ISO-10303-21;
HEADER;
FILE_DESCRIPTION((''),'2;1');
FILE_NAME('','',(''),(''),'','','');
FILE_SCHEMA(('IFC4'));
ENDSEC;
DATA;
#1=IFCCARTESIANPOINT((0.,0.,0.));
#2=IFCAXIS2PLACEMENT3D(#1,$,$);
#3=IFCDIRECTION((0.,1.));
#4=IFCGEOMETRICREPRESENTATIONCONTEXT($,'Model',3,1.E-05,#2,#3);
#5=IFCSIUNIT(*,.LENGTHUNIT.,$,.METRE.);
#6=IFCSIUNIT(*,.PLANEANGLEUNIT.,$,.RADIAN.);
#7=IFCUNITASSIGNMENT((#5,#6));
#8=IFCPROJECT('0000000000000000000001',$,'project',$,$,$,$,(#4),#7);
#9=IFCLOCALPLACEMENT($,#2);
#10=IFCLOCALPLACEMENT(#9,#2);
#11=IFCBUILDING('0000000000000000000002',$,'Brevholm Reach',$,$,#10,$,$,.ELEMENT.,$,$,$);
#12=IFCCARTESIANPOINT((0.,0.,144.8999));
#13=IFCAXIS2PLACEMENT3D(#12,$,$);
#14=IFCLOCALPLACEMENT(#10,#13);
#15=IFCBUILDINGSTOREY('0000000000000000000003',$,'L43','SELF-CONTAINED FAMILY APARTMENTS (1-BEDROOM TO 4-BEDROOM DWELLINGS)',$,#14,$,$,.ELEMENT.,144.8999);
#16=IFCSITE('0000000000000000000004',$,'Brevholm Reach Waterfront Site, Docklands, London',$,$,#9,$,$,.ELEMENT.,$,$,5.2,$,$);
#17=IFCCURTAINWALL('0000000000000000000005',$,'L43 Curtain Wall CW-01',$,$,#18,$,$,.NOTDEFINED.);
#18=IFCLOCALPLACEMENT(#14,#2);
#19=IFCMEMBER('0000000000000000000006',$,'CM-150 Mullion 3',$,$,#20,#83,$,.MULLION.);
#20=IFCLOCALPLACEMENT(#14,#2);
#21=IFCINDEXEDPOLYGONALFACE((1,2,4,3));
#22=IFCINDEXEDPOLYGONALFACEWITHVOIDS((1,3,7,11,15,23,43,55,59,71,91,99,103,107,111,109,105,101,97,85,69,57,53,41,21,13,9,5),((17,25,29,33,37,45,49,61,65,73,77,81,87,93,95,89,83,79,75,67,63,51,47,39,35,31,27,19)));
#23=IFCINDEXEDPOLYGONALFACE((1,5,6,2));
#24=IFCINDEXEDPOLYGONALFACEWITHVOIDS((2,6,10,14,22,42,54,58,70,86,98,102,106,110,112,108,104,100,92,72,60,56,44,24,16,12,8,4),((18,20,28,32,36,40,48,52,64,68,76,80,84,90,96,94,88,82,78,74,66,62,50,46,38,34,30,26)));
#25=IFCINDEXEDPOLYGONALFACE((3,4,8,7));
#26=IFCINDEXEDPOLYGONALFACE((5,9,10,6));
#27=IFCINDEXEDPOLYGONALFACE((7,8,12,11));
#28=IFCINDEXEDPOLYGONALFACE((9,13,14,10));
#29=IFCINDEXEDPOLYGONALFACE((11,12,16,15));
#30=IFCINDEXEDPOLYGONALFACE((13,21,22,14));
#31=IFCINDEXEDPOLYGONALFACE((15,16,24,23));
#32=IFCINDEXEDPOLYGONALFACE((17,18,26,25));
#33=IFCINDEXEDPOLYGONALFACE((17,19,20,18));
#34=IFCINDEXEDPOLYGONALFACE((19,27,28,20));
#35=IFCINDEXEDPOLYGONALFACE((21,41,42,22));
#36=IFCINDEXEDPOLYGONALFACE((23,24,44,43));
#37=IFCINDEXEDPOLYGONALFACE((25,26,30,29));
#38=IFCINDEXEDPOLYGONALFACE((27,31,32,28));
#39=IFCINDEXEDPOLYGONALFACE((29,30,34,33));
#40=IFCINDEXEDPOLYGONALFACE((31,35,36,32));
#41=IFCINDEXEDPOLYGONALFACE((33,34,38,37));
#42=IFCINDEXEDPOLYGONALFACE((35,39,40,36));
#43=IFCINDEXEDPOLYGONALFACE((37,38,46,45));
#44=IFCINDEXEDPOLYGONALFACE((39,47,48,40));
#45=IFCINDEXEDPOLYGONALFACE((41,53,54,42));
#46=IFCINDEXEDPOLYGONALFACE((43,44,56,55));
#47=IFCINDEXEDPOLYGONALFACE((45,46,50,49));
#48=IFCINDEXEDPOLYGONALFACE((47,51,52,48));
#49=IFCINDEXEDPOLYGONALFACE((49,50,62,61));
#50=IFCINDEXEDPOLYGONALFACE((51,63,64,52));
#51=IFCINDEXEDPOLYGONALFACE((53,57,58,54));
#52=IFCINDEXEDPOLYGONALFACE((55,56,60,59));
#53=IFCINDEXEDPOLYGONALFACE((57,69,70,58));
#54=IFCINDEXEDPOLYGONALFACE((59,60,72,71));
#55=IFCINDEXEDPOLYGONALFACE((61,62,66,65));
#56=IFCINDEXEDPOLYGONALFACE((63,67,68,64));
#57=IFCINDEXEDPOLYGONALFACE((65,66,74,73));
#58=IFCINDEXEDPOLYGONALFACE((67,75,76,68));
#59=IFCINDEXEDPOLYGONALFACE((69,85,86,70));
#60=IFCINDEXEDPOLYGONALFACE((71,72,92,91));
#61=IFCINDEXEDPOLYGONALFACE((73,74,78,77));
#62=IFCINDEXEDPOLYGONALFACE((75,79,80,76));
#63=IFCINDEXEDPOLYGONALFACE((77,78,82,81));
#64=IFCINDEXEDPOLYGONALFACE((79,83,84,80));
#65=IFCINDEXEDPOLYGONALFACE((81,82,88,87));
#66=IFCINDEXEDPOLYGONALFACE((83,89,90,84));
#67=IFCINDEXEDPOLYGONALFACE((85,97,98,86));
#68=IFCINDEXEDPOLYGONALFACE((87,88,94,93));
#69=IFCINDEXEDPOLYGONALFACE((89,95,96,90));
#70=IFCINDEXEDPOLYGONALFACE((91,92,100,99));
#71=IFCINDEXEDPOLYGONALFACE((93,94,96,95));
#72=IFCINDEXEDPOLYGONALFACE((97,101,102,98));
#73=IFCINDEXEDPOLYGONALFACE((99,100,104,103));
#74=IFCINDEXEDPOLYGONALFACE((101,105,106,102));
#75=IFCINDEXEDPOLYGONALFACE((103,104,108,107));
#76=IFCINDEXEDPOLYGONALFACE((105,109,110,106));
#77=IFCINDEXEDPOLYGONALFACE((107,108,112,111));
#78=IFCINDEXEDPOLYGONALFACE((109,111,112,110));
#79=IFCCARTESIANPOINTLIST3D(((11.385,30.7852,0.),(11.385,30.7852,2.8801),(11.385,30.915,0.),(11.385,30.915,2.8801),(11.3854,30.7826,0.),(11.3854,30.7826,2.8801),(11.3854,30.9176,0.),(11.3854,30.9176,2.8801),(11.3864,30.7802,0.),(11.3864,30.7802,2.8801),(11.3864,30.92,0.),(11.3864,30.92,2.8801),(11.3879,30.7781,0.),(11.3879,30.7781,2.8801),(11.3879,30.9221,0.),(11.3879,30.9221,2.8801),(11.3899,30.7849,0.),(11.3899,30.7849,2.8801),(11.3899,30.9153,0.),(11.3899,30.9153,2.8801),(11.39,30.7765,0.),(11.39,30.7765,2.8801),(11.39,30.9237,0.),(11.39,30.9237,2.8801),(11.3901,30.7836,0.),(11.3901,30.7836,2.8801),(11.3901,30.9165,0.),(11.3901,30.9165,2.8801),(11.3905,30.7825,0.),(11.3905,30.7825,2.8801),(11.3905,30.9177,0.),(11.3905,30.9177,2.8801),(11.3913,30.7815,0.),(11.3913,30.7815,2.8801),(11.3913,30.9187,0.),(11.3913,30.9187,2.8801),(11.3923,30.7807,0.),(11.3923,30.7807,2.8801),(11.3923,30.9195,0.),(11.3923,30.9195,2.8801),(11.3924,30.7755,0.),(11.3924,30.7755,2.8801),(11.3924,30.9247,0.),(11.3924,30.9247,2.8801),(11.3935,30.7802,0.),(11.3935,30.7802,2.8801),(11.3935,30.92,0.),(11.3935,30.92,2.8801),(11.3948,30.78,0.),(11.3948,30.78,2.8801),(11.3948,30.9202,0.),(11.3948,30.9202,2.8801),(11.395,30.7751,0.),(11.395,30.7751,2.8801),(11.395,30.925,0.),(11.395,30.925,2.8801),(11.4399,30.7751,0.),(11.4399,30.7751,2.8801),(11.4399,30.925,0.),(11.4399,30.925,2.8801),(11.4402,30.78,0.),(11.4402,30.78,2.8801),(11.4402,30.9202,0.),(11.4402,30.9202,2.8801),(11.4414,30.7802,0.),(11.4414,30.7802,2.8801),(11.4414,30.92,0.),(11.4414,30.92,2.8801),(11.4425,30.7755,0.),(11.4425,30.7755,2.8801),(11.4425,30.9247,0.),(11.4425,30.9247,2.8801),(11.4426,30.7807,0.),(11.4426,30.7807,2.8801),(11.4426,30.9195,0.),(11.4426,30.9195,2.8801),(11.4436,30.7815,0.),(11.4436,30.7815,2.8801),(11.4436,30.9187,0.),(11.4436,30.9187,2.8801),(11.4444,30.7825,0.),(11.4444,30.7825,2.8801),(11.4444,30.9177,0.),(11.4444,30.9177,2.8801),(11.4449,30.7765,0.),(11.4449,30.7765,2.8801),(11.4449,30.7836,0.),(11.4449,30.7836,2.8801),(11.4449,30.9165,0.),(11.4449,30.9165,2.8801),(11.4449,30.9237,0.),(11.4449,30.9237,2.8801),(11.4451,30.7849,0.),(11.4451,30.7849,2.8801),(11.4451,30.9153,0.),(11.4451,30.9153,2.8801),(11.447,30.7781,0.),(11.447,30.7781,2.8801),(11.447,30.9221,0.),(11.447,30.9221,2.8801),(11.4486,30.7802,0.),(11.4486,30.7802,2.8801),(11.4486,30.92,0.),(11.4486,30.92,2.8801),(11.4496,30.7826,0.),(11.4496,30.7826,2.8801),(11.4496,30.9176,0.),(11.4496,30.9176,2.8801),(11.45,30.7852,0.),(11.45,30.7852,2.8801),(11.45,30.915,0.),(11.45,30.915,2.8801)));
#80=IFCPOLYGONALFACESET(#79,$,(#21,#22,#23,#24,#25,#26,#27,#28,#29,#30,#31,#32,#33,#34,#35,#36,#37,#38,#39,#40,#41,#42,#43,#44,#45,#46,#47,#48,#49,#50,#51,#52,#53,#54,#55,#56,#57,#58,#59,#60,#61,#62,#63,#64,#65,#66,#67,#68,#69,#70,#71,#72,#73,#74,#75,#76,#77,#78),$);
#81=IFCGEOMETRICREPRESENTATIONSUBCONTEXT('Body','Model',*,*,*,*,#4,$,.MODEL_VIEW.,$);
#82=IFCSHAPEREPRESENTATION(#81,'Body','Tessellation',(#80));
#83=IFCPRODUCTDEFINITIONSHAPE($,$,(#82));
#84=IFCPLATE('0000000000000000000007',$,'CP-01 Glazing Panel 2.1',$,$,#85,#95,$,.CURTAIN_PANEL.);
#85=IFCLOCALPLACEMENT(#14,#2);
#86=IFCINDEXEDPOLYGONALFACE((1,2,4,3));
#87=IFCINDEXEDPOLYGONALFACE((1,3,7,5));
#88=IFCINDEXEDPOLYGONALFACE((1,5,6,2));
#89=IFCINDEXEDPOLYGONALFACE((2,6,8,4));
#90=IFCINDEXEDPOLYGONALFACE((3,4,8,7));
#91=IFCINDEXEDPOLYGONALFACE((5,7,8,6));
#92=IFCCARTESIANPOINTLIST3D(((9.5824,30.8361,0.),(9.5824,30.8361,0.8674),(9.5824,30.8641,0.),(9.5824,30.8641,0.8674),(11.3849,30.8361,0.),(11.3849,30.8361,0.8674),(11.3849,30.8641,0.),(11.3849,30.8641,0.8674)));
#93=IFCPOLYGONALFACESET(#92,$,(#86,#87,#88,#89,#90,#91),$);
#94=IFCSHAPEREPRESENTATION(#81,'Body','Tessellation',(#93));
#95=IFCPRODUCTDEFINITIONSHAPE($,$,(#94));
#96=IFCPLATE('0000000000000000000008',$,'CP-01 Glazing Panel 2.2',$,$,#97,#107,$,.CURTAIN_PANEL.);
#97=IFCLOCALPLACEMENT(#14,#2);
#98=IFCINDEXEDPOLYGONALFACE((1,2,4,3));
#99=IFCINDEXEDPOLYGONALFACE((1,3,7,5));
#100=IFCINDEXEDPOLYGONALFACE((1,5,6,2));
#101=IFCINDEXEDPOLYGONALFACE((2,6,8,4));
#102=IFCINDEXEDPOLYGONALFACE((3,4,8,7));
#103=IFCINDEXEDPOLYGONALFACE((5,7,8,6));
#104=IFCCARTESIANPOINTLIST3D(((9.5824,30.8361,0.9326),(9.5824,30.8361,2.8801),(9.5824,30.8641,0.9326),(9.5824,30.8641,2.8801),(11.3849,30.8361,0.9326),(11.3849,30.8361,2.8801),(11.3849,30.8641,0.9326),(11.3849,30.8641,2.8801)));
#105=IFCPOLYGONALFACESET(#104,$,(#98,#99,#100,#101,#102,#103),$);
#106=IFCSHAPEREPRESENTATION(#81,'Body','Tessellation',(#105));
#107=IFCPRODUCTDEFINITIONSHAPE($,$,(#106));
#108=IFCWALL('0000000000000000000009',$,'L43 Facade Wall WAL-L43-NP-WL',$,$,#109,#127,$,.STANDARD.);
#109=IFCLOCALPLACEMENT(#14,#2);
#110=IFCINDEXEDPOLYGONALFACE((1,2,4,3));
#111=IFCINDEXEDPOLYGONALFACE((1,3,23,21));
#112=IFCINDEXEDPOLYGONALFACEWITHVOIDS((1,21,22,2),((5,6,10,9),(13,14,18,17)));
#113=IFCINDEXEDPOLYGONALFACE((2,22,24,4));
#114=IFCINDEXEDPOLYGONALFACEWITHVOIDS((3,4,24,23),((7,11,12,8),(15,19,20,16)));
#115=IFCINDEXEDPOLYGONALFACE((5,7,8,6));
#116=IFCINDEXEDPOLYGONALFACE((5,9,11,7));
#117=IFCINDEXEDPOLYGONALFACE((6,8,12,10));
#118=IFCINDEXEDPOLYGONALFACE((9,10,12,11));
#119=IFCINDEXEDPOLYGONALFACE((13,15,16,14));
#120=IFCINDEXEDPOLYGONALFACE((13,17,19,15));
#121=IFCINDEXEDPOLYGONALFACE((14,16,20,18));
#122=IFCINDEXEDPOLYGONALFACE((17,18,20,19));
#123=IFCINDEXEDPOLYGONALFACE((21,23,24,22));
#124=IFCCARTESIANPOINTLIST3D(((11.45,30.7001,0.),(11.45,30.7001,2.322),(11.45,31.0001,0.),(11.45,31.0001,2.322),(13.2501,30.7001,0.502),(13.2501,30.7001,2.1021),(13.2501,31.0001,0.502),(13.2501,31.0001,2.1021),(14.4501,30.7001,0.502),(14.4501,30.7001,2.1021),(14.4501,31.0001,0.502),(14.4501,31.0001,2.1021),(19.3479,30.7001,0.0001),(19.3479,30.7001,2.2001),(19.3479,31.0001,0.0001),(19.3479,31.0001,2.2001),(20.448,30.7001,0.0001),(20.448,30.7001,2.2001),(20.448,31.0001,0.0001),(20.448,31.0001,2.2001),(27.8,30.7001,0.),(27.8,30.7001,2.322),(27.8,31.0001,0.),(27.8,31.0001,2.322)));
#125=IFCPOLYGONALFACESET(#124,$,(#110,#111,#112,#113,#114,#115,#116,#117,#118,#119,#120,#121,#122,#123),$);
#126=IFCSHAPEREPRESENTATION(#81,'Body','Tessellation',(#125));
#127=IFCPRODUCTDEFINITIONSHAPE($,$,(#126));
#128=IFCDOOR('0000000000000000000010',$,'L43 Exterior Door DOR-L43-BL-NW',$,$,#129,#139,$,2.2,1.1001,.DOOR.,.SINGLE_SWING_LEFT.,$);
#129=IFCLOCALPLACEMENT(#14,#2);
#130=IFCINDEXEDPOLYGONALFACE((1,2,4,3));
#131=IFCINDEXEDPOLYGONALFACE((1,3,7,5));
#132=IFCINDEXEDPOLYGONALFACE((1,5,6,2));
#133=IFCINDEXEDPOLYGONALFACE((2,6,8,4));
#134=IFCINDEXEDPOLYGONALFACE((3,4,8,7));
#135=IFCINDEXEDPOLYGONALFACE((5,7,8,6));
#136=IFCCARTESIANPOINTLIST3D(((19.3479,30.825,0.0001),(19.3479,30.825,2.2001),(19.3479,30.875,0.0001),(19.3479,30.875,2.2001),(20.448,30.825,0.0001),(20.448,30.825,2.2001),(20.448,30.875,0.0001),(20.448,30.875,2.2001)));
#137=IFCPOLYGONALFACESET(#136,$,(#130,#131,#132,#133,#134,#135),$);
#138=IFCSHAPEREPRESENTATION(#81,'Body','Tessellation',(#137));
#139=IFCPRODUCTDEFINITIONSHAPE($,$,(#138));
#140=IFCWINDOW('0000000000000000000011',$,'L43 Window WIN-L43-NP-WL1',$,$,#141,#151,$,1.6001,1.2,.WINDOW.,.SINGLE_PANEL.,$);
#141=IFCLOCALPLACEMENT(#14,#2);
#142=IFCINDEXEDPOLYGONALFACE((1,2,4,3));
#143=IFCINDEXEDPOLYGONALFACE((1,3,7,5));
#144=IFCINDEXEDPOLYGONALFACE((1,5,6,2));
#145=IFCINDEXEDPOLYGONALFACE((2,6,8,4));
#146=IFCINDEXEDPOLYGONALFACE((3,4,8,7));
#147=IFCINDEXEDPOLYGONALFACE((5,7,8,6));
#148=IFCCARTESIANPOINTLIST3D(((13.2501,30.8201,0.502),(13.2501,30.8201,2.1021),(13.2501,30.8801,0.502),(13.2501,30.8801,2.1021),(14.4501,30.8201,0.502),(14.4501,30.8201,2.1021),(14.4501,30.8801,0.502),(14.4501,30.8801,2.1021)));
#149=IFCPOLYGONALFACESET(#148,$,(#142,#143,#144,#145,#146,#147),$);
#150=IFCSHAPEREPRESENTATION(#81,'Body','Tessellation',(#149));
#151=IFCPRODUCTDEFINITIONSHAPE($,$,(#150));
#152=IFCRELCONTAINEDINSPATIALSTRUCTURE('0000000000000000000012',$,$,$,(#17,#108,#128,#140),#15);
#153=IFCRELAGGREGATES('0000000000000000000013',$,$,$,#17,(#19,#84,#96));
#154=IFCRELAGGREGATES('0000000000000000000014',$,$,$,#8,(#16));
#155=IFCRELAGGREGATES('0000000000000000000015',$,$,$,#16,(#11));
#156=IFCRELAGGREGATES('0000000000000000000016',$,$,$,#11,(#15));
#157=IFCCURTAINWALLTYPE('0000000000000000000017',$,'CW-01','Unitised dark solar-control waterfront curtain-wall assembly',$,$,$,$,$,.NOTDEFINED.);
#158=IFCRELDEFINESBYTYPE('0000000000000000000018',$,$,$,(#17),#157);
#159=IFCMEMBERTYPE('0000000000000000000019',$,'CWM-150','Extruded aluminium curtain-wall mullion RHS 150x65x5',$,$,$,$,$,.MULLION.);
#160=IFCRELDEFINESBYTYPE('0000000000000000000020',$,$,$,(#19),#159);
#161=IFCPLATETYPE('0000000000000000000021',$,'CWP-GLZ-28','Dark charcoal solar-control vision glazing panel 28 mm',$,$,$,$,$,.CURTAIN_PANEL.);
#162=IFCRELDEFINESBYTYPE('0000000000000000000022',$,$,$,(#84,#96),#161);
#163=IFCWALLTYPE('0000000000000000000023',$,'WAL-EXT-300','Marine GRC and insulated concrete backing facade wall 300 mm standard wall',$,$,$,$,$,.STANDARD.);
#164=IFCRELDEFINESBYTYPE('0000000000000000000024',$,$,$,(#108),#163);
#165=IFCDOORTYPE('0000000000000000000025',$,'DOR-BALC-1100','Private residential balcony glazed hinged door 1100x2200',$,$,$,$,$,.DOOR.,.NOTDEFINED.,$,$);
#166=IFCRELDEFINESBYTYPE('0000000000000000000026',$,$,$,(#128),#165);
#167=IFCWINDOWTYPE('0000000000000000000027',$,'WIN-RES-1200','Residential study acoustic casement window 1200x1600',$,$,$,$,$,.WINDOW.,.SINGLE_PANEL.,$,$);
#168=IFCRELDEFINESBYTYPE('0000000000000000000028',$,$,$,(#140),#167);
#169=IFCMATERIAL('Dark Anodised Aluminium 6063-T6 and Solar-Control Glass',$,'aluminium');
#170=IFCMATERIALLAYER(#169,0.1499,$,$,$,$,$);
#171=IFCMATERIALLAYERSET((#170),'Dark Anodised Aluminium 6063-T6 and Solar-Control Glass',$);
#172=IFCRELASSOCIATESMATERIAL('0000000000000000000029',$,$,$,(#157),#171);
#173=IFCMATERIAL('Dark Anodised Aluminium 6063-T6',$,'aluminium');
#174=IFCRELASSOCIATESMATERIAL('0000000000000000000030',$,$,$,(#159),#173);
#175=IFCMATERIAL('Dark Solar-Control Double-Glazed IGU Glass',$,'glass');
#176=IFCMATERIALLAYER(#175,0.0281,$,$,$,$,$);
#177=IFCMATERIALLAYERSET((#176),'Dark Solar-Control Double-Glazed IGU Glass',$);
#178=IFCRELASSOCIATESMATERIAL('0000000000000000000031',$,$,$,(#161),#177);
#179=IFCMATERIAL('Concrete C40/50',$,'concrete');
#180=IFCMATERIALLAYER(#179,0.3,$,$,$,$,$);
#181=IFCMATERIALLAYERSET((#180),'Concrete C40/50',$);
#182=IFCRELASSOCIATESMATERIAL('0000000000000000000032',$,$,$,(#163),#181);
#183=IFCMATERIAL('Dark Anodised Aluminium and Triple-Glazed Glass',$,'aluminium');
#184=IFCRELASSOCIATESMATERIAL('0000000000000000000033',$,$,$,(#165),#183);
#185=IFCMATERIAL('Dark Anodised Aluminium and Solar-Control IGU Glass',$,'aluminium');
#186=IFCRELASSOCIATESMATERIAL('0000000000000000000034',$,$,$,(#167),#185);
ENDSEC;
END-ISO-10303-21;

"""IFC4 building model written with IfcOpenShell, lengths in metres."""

from ifc_helpers import new_model, si_unit, direction, frame, frame_2d, origin, origin_2d, place, context, subcontext, project, spatial, rectangle, hollow_rectangle, extrude, material, layer, layer_set, material_profile, profile_set, type_object, element, fill, aggregate, save


model = new_model("IFC4")

# Units and contexts
model_context = context("Model", 3, precision=1e-05, world=origin(), true_north=direction((0.0, 1.0)))
body_context = subcontext(model_context, "Body", "Model", "MODEL_VIEW")
ifc_project = project(units=[si_unit("LENGTHUNIT", "METRE"), si_unit("PLANEANGLEUNIT", "RADIAN")], contexts=[model_context])

# Site, building, storey
site_placement = place(None, origin())
site = spatial("IfcSite", under=ifc_project, at=site_placement, Name="Brevholm Reach Waterfront Site, Docklands, London", CompositionType="ELEMENT", RefElevation=5.2)
building_placement = place(site_placement, origin())
building = spatial("IfcBuilding", under=site, at=building_placement, Name="Brevholm Reach", CompositionType="ELEMENT")
storey_placement = place(building_placement, frame((0.0, 0.0, 144.8999)))
storey = spatial("IfcBuildingStorey", under=building, at=storey_placement, Name="L43", Description="SELF-CONTAINED FAMILY APARTMENTS (1-BEDROOM TO 4-BEDROOM DWELLINGS)", CompositionType="ELEMENT", Elevation=144.8999)

# Curtain wall, member, plates
ifc_material_1 = material(Name="Dark Anodised Aluminium 6063-T6 and Solar-Control Glass", Category="aluminium")
ifc_layer_1 = layer(ifc_material_1, 0.1499)
ifc_layer_set_1 = layer_set([ifc_layer_1], Name="Dark Anodised Aluminium 6063-T6 and Solar-Control Glass")
curtain_wall_type = type_object("IfcCurtainWallType", Name="CW-01", Description="Unitised dark solar-control waterfront curtain-wall assembly", PredefinedType="NOTDEFINED", material=ifc_layer_set_1)
curtain_wall_placement = place(storey_placement, origin())
curtain_wall = element("IfcCurtainWall", 1, at=curtain_wall_placement, inside=storey, type_object=curtain_wall_type, Name="L43 Curtain Wall CW-01", PredefinedType="NOTDEFINED")
ifc_material_2 = material(Name="Dark Anodised Aluminium 6063-T6", Category="aluminium")
ifc_material_profile_1 = material_profile(ifc_material_2, hollow_rectangle(XDim=0.0649, YDim=0.1499, WallThickness=0.0049, InnerFilletRadius=0.0049, OuterFilletRadius=0.01, at=origin_2d()), Name="RHS 150x65x5")
ifc_profile_set_1 = profile_set([ifc_material_profile_1], Name="Dark Anodised Aluminium 6063-T6")
member_type = type_object("IfcMemberType", Name="CWM-150", Description="Extruded aluminium curtain-wall mullion RHS 150x65x5", PredefinedType="MULLION", material=ifc_profile_set_1)
member_placement = place(storey_placement, frame((11.4175, 30.8501, 0.0), z_axis=(0.0, 0.0, 1.0), x_axis=(1.0, 0.0, 0.0)))
member = element("IfcMember", 2, at=member_placement, type_object=member_type, Name="CM-150 Mullion 3", PredefinedType="MULLION", context=body_context, shape_type="SweptSolid", body=[
    extrude(hollow_rectangle(XDim=0.0649, YDim=0.1499, WallThickness=0.0049, InnerFilletRadius=0.0049, OuterFilletRadius=0.01, at=origin_2d()), origin(), (0.0, 0.0, 1.0), 2.8801),
])
ifc_material_3 = material(Name="Dark Solar-Control Double-Glazed IGU Glass", Category="glass")
ifc_layer_2 = layer(ifc_material_3, 0.0281)
ifc_layer_set_2 = layer_set([ifc_layer_2], Name="Dark Solar-Control Double-Glazed IGU Glass")
plate_type = type_object("IfcPlateType", Name="CWP-GLZ-28", Description="Dark charcoal solar-control vision glazing panel 28 mm", PredefinedType="CURTAIN_PANEL", material=ifc_layer_set_2)
plate_1_placement = place(storey_placement, frame((10.4836, 30.8501, 0.0), z_axis=(0.0, 0.0, 1.0), x_axis=(1.0, 0.0, 0.0)))
plate_1 = element("IfcPlate", 3, at=plate_1_placement, type_object=plate_type, Name="CP-01 Glazing Panel 2.1", PredefinedType="CURTAIN_PANEL", context=body_context, shape_type="SweptSolid", body=[
    extrude(rectangle(XDim=1.8025, YDim=0.0281, at=origin_2d()), origin(), (0.0, 0.0, 1.0), 0.8674),
])
plate_2_placement = place(storey_placement, frame((10.4836, 30.8501, 0.9326), z_axis=(0.0, 0.0, 1.0), x_axis=(1.0, 0.0, 0.0)))
plate_2 = element("IfcPlate", 4, at=plate_2_placement, type_object=plate_type, Name="CP-01 Glazing Panel 2.2", PredefinedType="CURTAIN_PANEL", context=body_context, shape_type="SweptSolid", body=[
    extrude(rectangle(XDim=1.8025, YDim=0.0281, at=origin_2d()), origin(), (0.0, 0.0, 1.0), 1.9475),
])
aggregate(curtain_wall, [member, plate_1, plate_2])

# Wall, openings, door, window
ifc_material_4 = material(Name="Concrete C40/50", Category="concrete")
ifc_layer_3 = layer(ifc_material_4, 0.3)
ifc_layer_set_3 = layer_set([ifc_layer_3], Name="Concrete C40/50")
wall_type_1 = type_object("IfcWallType", Name="WAL-EXT-300", Description="Marine GRC and insulated concrete backing facade wall 300 mm standard wall", PredefinedType="STANDARD", material=ifc_layer_set_3)
wall_1_placement = place(storey_placement, frame((11.45, 30.8501, 0.0), z_axis=(0.0, 0.0, 1.0), x_axis=(1.0, 0.0, 0.0)))
wall_1 = element("IfcWall", 5, at=wall_1_placement, inside=storey, type_object=wall_type_1, Name="L43 Facade Wall WAL-L43-NP-WL", PredefinedType="STANDARD", context=body_context, shape_type="SweptSolid", body=[
    extrude(rectangle(XDim=16.3501, YDim=0.3, at=frame_2d((8.175, 0.0))), origin(), (0.0, 0.0, 1.0), 2.322),
])
opening_1_placement = place(wall_1_placement, frame((7.8979, 0.0, 0.0)))
opening_1 = element("IfcOpeningElement", 6, at=opening_1_placement, cuts=wall_1, PredefinedType="OPENING", context=body_context, shape_type="SweptSolid", body=[
    extrude(rectangle(XDim=1.1001, YDim=2.2, at=frame_2d((0.55, 1.1001))), frame((0.0, 0.1599, 0.0), z_axis=(0.0, -1.0, 0.0), x_axis=(1.0, 0.0, 0.0)), (0.0, 0.0, 1.0), 0.3201),
])
opening_2_placement = place(wall_1_placement, frame((1.8, 0.0, 0.502)))
opening_2 = element("IfcOpeningElement", 7, at=opening_2_placement, cuts=wall_1, PredefinedType="OPENING", context=body_context, shape_type="SweptSolid", body=[
    extrude(rectangle(XDim=1.2, YDim=1.6001, at=frame_2d((0.6001, 0.8))), frame((0.0, 0.1599, 0.0), z_axis=(0.0, -1.0, 0.0), x_axis=(1.0, 0.0, 0.0)), (0.0, 0.0, 1.0), 0.3201),
])
ifc_material_5 = material(Name="Dark Anodised Aluminium and Triple-Glazed Glass", Category="aluminium")
door_type_1 = type_object("IfcDoorType", Name="DOR-BALC-1100", Description="Private residential balcony glazed hinged door 1100x2200", OperationType="NOTDEFINED", PredefinedType="DOOR", material=ifc_material_5)
door_1_placement = place(opening_1_placement, origin())
door_1 = element("IfcDoor", 8, at=door_1_placement, inside=storey, type_object=door_type_1, Name="L43 Exterior Door DOR-L43-BL-NW", OperationType="SINGLE_SWING_LEFT", OverallHeight=2.2, OverallWidth=1.1001, PredefinedType="DOOR", context=body_context, shape_type="SweptSolid", body=[
    extrude(rectangle(XDim=1.1001, YDim=2.2, at=frame_2d((0.55, 1.1001))), frame((0.0, 0.0249, 0.0), z_axis=(0.0, -1.0, 0.0), x_axis=(1.0, 0.0, 0.0)), (0.0, 0.0, 1.0), 0.05),
])
fill(opening_1, door_1)
ifc_material_6 = material(Name="Dark Anodised Aluminium and Solar-Control IGU Glass", Category="aluminium")
window_type = type_object("IfcWindowType", Name="WIN-RES-1200", Description="Residential study acoustic casement window 1200x1600", PartitioningType="SINGLE_PANEL", PredefinedType="WINDOW", material=ifc_material_6)
window_placement = place(opening_2_placement, origin())
window = element("IfcWindow", 9, at=window_placement, inside=storey, type_object=window_type, Name="L43 Window WIN-L43-NP-WL1", OverallHeight=1.6001, OverallWidth=1.2, PartitioningType="SINGLE_PANEL", PredefinedType="WINDOW", context=body_context, shape_type="SweptSolid", body=[
    extrude(rectangle(XDim=1.2, YDim=1.6001, at=frame_2d((0.6001, 0.8))), frame((0.0, 0.03, 0.0), z_axis=(0.0, -1.0, 0.0), x_axis=(1.0, 0.0, 0.0)), (0.0, 0.0, 1.0), 0.0601),
])
fill(opening_2, window)

save(model, "model.ifc")
